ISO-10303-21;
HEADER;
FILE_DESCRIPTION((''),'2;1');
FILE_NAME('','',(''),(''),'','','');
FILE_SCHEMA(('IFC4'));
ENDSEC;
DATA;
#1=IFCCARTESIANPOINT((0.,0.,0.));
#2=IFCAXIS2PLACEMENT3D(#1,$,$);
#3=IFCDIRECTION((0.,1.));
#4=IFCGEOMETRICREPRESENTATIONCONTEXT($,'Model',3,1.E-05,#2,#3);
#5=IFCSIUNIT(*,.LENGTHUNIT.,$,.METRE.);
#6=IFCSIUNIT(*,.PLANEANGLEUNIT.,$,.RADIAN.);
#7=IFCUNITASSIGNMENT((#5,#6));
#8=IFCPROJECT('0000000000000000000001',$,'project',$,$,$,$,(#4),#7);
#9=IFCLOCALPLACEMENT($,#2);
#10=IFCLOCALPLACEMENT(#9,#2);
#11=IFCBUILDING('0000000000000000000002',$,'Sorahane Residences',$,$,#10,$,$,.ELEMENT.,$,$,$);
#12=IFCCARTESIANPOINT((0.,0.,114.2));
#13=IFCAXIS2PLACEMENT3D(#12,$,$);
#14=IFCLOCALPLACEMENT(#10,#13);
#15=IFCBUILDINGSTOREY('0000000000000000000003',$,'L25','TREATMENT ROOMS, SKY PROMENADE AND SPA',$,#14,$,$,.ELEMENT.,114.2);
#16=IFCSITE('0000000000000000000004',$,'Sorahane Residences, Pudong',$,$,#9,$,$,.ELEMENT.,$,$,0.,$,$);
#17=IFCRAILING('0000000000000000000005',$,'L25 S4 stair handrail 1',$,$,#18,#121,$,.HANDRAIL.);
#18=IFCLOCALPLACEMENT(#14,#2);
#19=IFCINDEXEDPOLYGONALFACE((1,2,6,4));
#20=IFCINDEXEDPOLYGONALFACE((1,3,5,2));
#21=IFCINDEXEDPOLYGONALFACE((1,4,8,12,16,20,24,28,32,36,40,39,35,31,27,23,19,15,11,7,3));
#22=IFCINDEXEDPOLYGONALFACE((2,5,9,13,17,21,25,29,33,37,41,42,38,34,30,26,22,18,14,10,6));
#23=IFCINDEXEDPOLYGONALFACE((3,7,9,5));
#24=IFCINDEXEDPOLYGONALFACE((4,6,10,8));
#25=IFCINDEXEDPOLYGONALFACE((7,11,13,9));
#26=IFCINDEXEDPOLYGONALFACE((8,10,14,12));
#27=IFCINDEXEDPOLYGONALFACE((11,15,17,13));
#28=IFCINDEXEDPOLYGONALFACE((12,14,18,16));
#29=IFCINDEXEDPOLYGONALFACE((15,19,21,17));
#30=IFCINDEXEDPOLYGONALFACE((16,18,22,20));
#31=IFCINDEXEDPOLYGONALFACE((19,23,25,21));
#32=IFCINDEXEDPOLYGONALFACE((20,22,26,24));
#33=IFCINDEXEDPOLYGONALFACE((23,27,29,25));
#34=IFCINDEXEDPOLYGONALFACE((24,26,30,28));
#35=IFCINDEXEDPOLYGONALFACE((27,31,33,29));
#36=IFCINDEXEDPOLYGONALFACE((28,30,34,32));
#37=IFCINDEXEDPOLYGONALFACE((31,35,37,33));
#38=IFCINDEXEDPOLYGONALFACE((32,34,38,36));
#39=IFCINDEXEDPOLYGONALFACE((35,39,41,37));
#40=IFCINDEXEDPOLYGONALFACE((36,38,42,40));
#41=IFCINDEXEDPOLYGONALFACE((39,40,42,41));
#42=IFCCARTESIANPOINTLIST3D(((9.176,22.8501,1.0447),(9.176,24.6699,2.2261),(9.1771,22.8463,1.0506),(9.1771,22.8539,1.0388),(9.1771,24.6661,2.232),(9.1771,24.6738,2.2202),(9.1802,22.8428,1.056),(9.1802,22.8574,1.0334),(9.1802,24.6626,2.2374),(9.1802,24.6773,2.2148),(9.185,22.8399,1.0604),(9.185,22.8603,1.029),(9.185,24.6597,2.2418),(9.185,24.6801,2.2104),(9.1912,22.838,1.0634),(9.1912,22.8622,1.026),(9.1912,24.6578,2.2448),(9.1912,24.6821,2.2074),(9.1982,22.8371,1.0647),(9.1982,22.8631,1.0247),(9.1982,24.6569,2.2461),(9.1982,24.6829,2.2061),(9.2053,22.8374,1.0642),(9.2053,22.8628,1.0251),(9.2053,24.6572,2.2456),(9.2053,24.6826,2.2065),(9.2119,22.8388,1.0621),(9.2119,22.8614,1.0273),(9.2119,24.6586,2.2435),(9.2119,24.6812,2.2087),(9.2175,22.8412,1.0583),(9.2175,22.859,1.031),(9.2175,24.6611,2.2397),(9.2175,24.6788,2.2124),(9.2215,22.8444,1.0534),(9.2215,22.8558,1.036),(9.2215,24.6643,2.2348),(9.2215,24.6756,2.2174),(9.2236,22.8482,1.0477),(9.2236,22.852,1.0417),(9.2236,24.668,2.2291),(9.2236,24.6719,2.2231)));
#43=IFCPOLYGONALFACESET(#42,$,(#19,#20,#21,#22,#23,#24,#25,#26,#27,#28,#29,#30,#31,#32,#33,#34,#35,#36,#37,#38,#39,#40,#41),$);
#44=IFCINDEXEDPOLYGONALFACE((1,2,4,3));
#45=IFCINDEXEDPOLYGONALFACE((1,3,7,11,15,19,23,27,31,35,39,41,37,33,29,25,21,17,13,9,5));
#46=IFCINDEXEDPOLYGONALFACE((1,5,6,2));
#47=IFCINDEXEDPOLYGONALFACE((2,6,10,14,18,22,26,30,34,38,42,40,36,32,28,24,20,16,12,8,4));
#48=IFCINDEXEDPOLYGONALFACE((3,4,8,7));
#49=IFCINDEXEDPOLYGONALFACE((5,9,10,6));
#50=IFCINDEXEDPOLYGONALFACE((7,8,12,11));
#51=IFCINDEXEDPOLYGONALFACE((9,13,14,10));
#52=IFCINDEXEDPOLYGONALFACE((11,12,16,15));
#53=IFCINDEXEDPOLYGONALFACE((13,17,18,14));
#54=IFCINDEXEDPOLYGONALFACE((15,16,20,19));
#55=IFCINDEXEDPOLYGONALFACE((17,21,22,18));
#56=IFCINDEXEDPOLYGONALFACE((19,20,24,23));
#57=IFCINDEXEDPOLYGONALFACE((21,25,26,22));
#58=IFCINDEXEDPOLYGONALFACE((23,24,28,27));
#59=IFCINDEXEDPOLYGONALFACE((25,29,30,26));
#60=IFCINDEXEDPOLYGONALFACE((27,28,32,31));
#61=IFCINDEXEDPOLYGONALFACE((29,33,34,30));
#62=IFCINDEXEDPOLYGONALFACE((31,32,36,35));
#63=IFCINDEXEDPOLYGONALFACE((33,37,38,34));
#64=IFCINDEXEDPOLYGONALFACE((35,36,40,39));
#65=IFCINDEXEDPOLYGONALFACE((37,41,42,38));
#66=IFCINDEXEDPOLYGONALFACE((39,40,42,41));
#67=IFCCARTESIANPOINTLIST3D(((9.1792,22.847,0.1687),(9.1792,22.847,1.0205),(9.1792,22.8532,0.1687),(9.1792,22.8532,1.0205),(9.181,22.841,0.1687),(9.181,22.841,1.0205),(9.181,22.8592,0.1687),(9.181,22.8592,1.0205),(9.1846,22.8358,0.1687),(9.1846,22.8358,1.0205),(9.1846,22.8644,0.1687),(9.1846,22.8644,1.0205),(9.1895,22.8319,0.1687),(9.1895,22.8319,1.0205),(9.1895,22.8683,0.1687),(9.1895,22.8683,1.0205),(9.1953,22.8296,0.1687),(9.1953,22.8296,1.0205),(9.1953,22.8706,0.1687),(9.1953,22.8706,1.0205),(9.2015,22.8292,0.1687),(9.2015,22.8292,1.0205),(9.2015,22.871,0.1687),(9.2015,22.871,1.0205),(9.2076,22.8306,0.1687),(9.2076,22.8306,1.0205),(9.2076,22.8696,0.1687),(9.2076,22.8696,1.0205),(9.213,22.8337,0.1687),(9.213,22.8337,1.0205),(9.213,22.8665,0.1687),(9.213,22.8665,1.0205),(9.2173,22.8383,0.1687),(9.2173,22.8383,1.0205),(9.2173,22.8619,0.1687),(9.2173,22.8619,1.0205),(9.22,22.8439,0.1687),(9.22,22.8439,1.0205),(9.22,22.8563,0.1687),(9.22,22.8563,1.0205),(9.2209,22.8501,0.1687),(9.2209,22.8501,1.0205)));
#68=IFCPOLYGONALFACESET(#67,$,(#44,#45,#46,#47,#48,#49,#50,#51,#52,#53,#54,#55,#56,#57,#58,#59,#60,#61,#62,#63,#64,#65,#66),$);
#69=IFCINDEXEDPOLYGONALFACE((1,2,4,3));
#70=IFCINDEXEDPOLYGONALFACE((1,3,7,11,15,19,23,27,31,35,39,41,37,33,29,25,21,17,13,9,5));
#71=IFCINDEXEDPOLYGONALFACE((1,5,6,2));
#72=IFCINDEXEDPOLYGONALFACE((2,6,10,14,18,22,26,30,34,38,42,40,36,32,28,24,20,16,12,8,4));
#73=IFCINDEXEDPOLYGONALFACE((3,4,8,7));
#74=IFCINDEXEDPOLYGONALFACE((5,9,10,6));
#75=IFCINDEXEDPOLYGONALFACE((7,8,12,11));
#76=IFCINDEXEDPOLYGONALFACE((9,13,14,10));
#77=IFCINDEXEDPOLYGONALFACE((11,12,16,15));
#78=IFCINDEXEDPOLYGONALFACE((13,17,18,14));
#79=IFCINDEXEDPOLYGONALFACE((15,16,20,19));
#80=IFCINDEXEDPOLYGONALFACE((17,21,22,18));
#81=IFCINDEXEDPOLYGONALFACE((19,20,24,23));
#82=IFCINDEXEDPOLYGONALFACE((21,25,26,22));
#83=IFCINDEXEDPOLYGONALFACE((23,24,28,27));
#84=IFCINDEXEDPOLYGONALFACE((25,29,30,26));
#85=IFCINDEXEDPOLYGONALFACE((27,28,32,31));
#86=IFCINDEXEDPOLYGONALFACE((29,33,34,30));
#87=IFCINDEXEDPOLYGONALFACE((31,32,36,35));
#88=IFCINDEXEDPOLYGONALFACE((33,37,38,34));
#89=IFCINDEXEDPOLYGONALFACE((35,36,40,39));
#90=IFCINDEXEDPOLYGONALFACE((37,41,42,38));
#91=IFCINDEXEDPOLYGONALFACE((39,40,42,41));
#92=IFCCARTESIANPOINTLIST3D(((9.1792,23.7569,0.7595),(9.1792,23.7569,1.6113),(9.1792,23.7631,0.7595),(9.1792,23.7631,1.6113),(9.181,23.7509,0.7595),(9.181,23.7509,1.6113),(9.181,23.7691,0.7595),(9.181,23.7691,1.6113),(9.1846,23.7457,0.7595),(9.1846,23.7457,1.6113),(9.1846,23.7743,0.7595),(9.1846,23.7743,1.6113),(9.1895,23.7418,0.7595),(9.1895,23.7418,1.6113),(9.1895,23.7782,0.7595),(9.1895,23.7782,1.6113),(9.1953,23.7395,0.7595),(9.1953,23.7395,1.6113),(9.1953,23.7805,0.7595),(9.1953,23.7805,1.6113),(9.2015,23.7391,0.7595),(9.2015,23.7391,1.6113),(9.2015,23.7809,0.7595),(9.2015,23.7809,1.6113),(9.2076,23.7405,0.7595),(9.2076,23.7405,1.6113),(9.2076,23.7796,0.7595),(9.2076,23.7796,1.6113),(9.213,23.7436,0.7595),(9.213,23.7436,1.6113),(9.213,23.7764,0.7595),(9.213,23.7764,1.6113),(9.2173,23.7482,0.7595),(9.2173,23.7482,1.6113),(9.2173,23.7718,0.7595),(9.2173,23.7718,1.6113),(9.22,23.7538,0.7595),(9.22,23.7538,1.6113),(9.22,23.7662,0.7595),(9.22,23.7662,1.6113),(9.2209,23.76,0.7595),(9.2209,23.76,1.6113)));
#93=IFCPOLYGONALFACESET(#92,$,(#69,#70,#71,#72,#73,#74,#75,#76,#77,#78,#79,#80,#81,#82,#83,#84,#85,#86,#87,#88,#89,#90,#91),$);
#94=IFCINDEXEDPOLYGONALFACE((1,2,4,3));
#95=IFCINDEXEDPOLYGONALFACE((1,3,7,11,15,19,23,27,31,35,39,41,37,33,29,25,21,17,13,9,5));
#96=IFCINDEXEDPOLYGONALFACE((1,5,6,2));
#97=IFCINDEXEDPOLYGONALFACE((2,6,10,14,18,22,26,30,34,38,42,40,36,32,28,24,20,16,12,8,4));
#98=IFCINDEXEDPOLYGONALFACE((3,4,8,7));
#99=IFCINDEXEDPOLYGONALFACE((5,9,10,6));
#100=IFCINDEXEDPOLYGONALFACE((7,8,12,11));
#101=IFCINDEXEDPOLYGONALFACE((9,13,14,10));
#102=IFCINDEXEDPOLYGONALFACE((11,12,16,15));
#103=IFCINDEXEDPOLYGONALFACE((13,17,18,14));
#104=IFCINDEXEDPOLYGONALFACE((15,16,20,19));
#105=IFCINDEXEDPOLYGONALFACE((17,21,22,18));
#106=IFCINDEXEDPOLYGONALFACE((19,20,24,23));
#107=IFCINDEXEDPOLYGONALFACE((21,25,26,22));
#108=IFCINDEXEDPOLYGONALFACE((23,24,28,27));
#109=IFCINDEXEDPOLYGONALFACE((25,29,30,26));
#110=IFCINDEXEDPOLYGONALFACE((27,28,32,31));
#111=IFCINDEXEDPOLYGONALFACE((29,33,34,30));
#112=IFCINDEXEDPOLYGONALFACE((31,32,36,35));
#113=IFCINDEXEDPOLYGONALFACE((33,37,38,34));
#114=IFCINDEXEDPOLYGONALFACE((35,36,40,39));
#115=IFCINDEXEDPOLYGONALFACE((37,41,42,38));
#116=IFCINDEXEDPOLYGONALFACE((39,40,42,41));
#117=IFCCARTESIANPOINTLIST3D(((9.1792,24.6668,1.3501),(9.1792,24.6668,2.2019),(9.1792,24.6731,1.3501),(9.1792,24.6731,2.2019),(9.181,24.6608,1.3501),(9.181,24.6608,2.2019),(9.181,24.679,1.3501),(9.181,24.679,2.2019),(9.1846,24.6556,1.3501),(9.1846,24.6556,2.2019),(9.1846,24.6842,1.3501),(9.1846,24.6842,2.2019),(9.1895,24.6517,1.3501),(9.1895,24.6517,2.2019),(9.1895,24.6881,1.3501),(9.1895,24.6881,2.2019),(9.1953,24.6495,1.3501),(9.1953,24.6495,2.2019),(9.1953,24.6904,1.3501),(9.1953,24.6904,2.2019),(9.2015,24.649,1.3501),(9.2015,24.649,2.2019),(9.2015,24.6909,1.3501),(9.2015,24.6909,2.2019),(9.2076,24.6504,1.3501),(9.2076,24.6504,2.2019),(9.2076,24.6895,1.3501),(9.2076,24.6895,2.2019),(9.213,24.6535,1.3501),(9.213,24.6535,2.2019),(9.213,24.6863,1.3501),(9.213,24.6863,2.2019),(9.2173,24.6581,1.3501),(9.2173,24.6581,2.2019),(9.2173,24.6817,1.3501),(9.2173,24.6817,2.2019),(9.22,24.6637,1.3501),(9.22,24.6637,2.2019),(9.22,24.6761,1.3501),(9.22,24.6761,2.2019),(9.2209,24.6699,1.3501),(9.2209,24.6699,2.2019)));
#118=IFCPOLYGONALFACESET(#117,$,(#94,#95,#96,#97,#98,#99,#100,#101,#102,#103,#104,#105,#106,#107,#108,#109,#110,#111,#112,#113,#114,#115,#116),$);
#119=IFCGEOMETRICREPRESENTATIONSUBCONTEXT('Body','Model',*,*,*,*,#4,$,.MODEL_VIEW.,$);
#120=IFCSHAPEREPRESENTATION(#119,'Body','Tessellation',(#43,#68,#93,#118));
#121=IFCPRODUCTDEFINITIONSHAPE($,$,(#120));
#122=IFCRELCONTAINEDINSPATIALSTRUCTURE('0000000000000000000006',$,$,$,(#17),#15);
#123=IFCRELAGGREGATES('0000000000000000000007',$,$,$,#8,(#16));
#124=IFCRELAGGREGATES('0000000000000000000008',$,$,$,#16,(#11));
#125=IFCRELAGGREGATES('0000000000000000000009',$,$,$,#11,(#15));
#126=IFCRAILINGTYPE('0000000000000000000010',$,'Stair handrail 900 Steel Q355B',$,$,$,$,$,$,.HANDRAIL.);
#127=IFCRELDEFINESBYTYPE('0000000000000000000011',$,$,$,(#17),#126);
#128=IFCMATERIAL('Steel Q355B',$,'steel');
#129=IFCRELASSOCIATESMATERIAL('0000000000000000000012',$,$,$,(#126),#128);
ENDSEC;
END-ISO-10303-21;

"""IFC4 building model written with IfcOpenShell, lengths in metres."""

from ifc_helpers import new_model, si_unit, direction, frame, origin, origin_2d, place, context, subcontext, project, spatial, circle, extrude, material, type_object, element, save


model = new_model("IFC4")

# Units and contexts
model_context = context("Model", 3, precision=1e-05, world=origin(), true_north=direction((0.0, 1.0)))
body_context = subcontext(model_context, "Body", "Model", "MODEL_VIEW")
ifc_project = project(units=[si_unit("LENGTHUNIT", "METRE"), si_unit("PLANEANGLEUNIT", "RADIAN")], contexts=[model_context])

# Site, building, storey
site_placement = place(None, origin())
site = spatial("IfcSite", under=ifc_project, at=site_placement, Name="Sorahane Residences, Pudong", CompositionType="ELEMENT", RefElevation=0.0)
building_placement = place(site_placement, origin())
building = spatial("IfcBuilding", under=site, at=building_placement, Name="Sorahane Residences", CompositionType="ELEMENT")
storey_placement = place(building_placement, frame((0.0, 0.0, 114.2)))
storey = spatial("IfcBuildingStorey", under=building, at=storey_placement, Name="L25", Description="TREATMENT ROOMS, SKY PROMENADE AND SPA", CompositionType="ELEMENT", Elevation=114.2)

# Railing
ifc_material_1 = material(Name="Steel Q355B", Category="steel")
railing_type_1 = type_object("IfcRailingType", Name="Stair handrail 900 Steel Q355B", PredefinedType="HANDRAIL", material=ifc_material_1)
railing_1_placement = place(storey_placement, frame((9.2, 22.8501, 0.1687)))
element("IfcRailing", 1, at=railing_1_placement, inside=storey, type_object=railing_type_1, Name="L25 S4 stair handrail 1", PredefinedType="HANDRAIL", context=body_context, shape_type="SweptSolid", body=[
    extrude(circle(Radius=0.0239, at=origin_2d()), frame((0.0, 0.0, 0.876), z_axis=(0.0, 0.838757, 0.544506), x_axis=(-1.0, 0.0, 0.0)), (0.0, 0.0, 1.0), 2.1697),
    extrude(circle(Radius=0.021, at=origin_2d()), origin(), (0.0, 0.0, 1.0), 0.8518),
    extrude(circle(Radius=0.021, at=origin_2d()), frame((0.0, 0.9099, 0.5908)), (0.0, 0.0, 1.0), 0.8518),
    extrude(circle(Radius=0.021, at=origin_2d()), frame((0.0, 1.8198, 1.1814)), (0.0, 0.0, 1.0), 0.8518),
])

save(model, "model.ifc")
